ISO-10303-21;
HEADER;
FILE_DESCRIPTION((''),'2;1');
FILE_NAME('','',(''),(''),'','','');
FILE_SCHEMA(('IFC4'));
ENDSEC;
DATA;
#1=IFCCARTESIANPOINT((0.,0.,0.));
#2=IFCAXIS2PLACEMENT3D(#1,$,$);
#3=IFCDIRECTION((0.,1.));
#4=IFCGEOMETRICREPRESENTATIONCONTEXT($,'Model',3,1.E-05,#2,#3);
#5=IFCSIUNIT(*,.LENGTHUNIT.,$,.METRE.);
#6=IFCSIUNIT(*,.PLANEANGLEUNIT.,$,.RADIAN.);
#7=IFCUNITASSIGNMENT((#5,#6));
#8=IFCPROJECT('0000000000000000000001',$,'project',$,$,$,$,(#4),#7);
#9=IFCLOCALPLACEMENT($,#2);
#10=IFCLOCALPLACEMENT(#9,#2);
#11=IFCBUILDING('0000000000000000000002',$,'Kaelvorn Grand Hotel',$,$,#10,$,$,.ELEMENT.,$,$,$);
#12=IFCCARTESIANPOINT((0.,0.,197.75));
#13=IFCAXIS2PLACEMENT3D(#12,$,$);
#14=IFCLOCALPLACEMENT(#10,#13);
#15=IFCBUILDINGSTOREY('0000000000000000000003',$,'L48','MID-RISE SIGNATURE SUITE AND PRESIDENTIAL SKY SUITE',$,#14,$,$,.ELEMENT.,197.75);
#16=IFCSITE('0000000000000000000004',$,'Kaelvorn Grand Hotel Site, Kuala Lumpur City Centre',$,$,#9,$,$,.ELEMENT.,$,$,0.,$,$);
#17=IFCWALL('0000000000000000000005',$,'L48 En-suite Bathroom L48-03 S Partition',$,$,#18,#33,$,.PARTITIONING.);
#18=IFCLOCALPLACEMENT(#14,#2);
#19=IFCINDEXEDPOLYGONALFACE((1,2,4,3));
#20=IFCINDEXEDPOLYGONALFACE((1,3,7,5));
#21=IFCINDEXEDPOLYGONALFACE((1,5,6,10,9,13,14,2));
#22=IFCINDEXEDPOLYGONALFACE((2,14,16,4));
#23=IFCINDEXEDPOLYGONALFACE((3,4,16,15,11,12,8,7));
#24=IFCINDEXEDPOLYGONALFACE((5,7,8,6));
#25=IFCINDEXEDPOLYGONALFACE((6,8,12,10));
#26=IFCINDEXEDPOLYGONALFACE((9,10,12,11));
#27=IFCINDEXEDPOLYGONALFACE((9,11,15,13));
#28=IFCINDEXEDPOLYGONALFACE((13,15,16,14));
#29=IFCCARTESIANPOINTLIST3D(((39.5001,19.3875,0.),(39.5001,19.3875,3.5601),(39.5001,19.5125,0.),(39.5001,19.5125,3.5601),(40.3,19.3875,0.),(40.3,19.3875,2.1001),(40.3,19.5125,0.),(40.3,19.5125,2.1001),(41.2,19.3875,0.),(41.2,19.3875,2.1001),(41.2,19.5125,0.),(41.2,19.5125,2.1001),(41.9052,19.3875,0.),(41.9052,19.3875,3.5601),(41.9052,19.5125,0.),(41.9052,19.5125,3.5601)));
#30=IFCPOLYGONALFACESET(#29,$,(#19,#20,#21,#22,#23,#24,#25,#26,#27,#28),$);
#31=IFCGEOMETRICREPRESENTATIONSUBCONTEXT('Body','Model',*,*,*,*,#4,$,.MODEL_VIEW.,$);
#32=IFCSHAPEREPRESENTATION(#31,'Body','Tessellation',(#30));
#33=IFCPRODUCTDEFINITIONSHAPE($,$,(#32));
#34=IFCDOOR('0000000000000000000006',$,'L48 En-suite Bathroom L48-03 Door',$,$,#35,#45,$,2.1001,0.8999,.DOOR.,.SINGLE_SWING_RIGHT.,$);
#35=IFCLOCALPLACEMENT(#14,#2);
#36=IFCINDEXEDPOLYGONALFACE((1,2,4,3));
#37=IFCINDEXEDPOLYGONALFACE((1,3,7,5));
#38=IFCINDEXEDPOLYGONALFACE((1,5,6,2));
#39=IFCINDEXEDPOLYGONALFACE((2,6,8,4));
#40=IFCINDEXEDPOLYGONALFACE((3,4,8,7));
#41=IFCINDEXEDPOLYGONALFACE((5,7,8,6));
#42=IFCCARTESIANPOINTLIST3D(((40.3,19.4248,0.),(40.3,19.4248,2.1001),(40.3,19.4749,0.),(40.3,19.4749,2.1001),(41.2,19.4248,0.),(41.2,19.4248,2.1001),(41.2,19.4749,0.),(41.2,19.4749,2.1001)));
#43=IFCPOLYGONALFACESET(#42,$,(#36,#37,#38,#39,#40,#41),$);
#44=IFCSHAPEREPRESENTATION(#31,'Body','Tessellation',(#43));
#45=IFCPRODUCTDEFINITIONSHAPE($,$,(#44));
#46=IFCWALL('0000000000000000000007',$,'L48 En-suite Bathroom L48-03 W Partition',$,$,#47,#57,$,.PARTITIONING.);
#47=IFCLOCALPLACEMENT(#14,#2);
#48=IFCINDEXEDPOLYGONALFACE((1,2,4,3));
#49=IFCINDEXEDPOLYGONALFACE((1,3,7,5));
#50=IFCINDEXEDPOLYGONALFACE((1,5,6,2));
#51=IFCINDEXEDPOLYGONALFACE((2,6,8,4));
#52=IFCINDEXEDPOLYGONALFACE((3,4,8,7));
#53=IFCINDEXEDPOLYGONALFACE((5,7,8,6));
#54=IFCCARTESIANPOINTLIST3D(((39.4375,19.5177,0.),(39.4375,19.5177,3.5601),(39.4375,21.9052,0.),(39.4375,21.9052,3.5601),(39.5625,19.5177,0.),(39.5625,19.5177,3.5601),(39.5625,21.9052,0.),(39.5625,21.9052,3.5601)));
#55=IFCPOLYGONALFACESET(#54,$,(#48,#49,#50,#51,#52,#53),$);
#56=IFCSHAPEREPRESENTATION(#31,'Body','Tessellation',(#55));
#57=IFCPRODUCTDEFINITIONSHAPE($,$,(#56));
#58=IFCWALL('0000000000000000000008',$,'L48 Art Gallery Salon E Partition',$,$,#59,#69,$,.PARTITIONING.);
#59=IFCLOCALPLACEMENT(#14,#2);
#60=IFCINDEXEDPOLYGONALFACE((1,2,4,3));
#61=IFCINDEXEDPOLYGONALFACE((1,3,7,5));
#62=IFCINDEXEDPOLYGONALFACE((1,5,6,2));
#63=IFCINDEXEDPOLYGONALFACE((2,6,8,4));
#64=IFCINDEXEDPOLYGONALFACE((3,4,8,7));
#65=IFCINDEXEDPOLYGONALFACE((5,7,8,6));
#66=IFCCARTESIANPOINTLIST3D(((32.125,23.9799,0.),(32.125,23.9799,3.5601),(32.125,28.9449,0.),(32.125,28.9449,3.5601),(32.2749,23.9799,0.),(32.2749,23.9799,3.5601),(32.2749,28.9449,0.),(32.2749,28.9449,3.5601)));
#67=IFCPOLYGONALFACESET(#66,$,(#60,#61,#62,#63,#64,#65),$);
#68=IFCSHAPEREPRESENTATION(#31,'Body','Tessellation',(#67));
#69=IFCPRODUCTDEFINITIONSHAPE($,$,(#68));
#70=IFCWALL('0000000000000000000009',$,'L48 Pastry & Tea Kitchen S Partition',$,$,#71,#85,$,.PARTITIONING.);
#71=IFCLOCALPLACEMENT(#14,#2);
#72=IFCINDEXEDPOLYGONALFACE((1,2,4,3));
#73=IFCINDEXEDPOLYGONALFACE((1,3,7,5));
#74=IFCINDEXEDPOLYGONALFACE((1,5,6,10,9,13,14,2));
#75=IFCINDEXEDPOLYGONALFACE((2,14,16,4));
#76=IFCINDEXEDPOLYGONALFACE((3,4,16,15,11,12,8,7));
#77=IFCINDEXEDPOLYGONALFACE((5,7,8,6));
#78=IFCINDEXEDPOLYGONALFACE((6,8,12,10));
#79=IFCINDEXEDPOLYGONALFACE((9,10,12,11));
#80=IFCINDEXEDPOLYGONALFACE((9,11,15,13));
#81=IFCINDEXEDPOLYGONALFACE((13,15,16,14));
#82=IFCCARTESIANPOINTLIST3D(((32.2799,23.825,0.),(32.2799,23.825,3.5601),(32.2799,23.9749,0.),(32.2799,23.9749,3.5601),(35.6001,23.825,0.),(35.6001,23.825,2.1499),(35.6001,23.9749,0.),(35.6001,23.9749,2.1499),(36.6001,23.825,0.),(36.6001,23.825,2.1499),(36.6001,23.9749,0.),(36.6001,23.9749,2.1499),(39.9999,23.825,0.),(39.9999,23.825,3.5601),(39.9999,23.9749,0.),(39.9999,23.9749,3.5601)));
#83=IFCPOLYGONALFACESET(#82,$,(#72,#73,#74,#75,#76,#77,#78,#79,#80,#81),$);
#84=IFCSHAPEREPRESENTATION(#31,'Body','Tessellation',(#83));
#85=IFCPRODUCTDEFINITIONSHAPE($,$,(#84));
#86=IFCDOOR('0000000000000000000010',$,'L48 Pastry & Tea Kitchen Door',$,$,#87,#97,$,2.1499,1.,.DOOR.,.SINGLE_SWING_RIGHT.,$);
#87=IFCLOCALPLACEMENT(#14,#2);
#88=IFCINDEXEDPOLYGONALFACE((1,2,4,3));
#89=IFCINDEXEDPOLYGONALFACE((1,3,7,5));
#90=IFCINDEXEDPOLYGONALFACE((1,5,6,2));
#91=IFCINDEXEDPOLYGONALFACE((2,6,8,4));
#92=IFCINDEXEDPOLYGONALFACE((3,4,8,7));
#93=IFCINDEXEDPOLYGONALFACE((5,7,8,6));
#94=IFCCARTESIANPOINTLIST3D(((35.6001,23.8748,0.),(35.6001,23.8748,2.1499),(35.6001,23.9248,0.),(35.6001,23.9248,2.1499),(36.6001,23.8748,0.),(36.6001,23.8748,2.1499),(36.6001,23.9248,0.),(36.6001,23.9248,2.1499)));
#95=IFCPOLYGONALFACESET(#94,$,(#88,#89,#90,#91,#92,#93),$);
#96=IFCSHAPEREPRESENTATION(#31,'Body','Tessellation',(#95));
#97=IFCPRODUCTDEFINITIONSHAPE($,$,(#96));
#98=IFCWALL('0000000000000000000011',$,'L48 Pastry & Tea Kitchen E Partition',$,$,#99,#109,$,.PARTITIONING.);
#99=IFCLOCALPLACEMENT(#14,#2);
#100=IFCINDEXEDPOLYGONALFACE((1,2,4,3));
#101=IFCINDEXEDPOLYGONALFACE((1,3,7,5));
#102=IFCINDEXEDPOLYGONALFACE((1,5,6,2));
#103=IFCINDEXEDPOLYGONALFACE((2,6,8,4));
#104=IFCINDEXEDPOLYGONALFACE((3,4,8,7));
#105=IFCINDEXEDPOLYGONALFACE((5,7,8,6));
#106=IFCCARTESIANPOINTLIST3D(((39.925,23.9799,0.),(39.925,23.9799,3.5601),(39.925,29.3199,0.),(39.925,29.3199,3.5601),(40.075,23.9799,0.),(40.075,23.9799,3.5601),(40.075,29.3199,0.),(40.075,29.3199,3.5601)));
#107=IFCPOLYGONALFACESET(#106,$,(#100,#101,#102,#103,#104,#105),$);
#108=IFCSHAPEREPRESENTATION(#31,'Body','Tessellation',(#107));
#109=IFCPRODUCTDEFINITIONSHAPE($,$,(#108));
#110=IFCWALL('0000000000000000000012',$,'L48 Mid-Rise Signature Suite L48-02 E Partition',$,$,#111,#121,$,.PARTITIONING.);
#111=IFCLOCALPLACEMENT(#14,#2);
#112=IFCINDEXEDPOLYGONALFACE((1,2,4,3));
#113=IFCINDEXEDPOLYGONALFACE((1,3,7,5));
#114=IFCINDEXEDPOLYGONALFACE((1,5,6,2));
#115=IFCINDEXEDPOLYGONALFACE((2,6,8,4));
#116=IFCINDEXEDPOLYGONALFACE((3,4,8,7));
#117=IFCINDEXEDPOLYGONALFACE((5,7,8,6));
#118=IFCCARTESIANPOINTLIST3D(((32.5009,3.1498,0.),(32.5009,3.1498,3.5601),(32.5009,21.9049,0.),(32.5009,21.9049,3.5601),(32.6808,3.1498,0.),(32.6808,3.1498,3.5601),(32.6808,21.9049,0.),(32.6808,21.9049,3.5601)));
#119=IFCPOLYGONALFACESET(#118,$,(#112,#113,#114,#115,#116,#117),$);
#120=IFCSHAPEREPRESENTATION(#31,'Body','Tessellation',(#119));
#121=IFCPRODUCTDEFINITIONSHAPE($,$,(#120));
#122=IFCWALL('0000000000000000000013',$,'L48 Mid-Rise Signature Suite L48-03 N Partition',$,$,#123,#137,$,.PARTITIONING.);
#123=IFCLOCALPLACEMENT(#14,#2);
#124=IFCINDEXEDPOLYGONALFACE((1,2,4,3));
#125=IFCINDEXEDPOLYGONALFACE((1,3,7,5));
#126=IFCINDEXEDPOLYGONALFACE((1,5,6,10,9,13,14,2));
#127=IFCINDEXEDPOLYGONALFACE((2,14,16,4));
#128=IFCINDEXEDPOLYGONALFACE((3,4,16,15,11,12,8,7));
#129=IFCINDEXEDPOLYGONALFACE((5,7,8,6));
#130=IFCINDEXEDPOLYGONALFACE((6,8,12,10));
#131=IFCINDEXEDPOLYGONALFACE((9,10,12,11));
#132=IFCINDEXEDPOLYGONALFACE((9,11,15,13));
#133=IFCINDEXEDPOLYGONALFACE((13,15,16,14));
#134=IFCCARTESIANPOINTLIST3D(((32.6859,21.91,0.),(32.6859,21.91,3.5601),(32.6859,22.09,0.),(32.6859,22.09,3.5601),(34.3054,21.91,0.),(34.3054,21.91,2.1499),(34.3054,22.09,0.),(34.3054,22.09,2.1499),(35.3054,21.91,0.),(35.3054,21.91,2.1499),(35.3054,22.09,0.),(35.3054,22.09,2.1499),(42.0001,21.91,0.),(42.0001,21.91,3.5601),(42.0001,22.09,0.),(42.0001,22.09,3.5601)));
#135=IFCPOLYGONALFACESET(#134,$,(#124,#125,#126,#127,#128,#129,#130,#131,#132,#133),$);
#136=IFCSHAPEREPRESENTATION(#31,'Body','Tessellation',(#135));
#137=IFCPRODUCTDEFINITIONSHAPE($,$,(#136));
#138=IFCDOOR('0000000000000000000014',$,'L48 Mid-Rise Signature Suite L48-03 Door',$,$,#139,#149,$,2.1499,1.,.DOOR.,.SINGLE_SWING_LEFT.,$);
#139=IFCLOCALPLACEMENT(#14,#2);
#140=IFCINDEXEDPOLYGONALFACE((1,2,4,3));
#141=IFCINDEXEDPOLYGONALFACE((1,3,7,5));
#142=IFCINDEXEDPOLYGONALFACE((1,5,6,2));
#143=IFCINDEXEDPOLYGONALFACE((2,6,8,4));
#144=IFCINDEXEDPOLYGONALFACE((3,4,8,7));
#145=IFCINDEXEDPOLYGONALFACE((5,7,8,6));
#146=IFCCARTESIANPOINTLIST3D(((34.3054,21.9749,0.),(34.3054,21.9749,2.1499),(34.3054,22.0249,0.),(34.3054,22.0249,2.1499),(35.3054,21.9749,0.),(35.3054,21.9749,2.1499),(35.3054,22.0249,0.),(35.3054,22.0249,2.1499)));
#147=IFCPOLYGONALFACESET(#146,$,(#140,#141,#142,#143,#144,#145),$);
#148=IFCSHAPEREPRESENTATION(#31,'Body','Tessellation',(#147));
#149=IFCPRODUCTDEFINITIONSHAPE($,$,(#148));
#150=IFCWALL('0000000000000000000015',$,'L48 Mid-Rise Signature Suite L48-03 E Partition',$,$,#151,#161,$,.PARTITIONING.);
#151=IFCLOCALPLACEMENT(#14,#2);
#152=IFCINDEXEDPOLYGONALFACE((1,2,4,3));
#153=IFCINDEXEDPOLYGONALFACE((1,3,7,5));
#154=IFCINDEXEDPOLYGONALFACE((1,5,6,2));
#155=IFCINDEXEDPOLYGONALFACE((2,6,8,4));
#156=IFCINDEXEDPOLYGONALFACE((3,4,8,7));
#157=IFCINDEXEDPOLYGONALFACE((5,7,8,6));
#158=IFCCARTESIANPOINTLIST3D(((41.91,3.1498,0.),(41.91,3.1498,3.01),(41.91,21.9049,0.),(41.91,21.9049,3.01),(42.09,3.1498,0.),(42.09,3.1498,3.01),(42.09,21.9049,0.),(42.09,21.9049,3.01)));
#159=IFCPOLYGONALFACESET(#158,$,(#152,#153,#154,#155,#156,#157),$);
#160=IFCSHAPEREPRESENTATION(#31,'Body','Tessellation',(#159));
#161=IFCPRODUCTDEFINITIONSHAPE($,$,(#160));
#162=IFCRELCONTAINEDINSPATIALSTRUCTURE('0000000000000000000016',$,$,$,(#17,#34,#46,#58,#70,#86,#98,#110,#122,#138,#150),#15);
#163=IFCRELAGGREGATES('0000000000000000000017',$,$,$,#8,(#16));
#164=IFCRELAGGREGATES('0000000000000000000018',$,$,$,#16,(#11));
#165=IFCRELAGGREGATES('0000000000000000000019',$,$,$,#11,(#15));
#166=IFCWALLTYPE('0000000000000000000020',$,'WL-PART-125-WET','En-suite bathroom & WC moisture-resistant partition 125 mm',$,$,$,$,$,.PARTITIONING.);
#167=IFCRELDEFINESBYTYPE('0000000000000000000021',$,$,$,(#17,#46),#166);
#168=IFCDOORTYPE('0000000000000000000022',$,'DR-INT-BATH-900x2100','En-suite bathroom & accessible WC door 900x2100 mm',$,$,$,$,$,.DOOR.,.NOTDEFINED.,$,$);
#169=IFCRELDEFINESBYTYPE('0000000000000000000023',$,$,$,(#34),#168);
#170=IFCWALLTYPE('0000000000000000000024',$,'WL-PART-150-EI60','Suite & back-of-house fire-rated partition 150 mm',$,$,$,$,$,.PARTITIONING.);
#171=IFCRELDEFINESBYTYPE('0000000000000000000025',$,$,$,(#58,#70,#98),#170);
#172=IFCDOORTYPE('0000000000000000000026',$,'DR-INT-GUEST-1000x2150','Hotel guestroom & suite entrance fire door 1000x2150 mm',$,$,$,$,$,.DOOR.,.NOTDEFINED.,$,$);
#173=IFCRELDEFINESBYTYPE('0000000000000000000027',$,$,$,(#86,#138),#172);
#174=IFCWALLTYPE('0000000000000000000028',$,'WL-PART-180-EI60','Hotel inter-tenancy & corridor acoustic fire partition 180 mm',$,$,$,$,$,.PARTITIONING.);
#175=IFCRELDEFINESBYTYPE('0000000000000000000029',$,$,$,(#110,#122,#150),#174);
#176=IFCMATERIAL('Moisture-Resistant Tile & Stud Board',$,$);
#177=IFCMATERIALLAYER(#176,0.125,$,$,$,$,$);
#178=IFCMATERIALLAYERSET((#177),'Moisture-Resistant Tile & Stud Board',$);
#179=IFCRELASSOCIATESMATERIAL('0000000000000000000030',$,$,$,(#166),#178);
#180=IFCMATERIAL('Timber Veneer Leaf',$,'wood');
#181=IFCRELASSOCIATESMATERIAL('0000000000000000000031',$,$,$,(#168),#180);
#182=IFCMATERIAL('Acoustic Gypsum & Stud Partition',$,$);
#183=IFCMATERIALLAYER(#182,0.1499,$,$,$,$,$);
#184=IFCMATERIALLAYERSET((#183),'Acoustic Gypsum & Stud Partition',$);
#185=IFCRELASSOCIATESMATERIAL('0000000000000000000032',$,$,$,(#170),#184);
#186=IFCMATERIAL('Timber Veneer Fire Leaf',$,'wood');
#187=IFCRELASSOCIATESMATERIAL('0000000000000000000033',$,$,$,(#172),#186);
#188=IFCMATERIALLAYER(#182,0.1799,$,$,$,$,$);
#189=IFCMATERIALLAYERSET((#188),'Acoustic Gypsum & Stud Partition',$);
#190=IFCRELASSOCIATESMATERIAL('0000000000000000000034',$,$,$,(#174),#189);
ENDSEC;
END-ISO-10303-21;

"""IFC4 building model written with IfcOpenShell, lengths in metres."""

from ifc_helpers import new_model, si_unit, direction, frame, frame_2d, origin, place, context, subcontext, project, spatial, rectangle, extrude, material, layer, layer_set, type_object, element, fill, save


model = new_model("IFC4")

# Units and contexts
model_context = context("Model", 3, precision=1e-05, world=origin(), true_north=direction((0.0, 1.0)))
body_context = subcontext(model_context, "Body", "Model", "MODEL_VIEW")
ifc_project = project(units=[si_unit("LENGTHUNIT", "METRE"), si_unit("PLANEANGLEUNIT", "RADIAN")], contexts=[model_context])

# Site, building, storey
site_placement = place(None, origin())
site = spatial("IfcSite", under=ifc_project, at=site_placement, Name="Kaelvorn Grand Hotel Site, Kuala Lumpur City Centre", CompositionType="ELEMENT", RefElevation=0.0)
building_placement = place(site_placement, origin())
building = spatial("IfcBuilding", under=site, at=building_placement, Name="Kaelvorn Grand Hotel", CompositionType="ELEMENT")
storey_placement = place(building_placement, frame((0.0, 0.0, 197.75)))
storey = spatial("IfcBuildingStorey", under=building, at=storey_placement, Name="L48", Description="MID-RISE SIGNATURE SUITE AND PRESIDENTIAL SKY SUITE", CompositionType="ELEMENT", Elevation=197.75)

# Wall, opening, door
ifc_material_1 = material(Name="Moisture-Resistant Tile & Stud Board")
ifc_layer_1 = layer(ifc_material_1, 0.125)
ifc_layer_set_1 = layer_set([ifc_layer_1], Name="Moisture-Resistant Tile & Stud Board")
wall_type_1 = type_object("IfcWallType", Name="WL-PART-125-WET", Description="En-suite bathroom & WC moisture-resistant partition 125 mm", PredefinedType="PARTITIONING", material=ifc_layer_set_1)
wall_1_placement = place(storey_placement, frame((39.5, 19.45, 0.0), z_axis=(0.0, 0.0, 1.0), x_axis=(1.0, 0.0, 0.0)))
wall_1 = element("IfcWall", 1, at=wall_1_placement, inside=storey, type_object=wall_type_1, Name="L48 En-suite Bathroom L48-03 S Partition", PredefinedType="PARTITIONING", context=body_context, shape_type="SweptSolid", body=[
    extrude(rectangle(XDim=2.405, YDim=0.125, at=frame_2d((1.2026, 0.0))), origin(), (0.0, 0.0, 1.0), 3.5601),
])
opening_1_placement = place(wall_1_placement, frame((0.8, 0.0, 0.0)))
opening_1 = element("IfcOpeningElement", 2, at=opening_1_placement, cuts=wall_1, PredefinedType="OPENING", context=body_context, shape_type="SweptSolid", body=[
    extrude(rectangle(XDim=0.8999, YDim=2.1001, at=frame_2d((0.45, 1.05))), frame((0.0, 0.0725, 0.0), z_axis=(0.0, -1.0, 0.0), x_axis=(1.0, 0.0, 0.0)), (0.0, 0.0, 1.0), 0.145),
])
ifc_material_2 = material(Name="Timber Veneer Leaf", Category="wood")
door_type_1 = type_object("IfcDoorType", Name="DR-INT-BATH-900x2100", Description="En-suite bathroom & accessible WC door 900x2100 mm", OperationType="NOTDEFINED", PredefinedType="DOOR", material=ifc_material_2)
door_1_placement = place(opening_1_placement, origin())
door_1 = element("IfcDoor", 3, at=door_1_placement, inside=storey, type_object=door_type_1, Name="L48 En-suite Bathroom L48-03 Door", OperationType="SINGLE_SWING_RIGHT", OverallHeight=2.1001, OverallWidth=0.8999, PredefinedType="DOOR", context=body_context, shape_type="SweptSolid", body=[
    extrude(rectangle(XDim=0.8999, YDim=2.1001, at=frame_2d((0.45, 1.05))), frame((0.0, 0.0249, 0.0), z_axis=(0.0, -1.0, 0.0), x_axis=(1.0, 0.0, 0.0)), (0.0, 0.0, 1.0), 0.05),
])
fill(opening_1, door_1)

# Walls
wall_2_placement = place(storey_placement, frame((39.5, 19.5176, 0.0), z_axis=(0.0, 0.0, 1.0), x_axis=(0.0, 1.0, 0.0)))
element("IfcWall", 4, at=wall_2_placement, inside=storey, type_object=wall_type_1, Name="L48 En-suite Bathroom L48-03 W Partition", PredefinedType="PARTITIONING", context=body_context, shape_type="SweptSolid", body=[
    extrude(rectangle(XDim=2.3875, YDim=0.125, at=frame_2d((1.1938, 0.0))), origin(), (0.0, 0.0, 1.0), 3.5601),
])
ifc_material_3 = material(Name="Acoustic Gypsum & Stud Partition")
ifc_layer_2 = layer(ifc_material_3, 0.1499)
ifc_layer_set_2 = layer_set([ifc_layer_2], Name="Acoustic Gypsum & Stud Partition")
wall_type_2 = type_object("IfcWallType", Name="WL-PART-150-EI60", Description="Suite & back-of-house fire-rated partition 150 mm", PredefinedType="PARTITIONING", material=ifc_layer_set_2)
wall_3_placement = place(storey_placement, frame((32.2, 23.98, 0.0), z_axis=(0.0, 0.0, 1.0), x_axis=(0.0, 1.0, 0.0)))
element("IfcWall", 5, at=wall_3_placement, inside=storey, type_object=wall_type_2, Name="L48 Art Gallery Salon E Partition", PredefinedType="PARTITIONING", context=body_context, shape_type="SweptSolid", body=[
    extrude(rectangle(XDim=4.9651, YDim=0.1499, at=frame_2d((2.4824, 0.0))), origin(), (0.0, 0.0, 1.0), 3.5601),
])

# Wall, opening, door
wall_4_placement = place(storey_placement, frame((32.28, 23.8999, 0.0), z_axis=(0.0, 0.0, 1.0), x_axis=(1.0, 0.0, 0.0)))
wall_4 = element("IfcWall", 6, at=wall_4_placement, inside=storey, type_object=wall_type_2, Name="L48 Pastry & Tea Kitchen S Partition", PredefinedType="PARTITIONING", context=body_context, shape_type="SweptSolid", body=[
    extrude(rectangle(XDim=7.72, YDim=0.1499, at=frame_2d((3.8599, 0.0))), origin(), (0.0, 0.0, 1.0), 3.5601),
])
opening_2_placement = place(wall_4_placement, frame((3.3201, 0.0, 0.0)))
opening_2 = element("IfcOpeningElement", 7, at=opening_2_placement, cuts=wall_4, PredefinedType="OPENING", context=body_context, shape_type="SweptSolid", body=[
    extrude(rectangle(XDim=1.0, YDim=2.1499, at=frame_2d((0.5, 1.075))), frame((0.0, 0.085, 0.0), z_axis=(0.0, -1.0, 0.0), x_axis=(1.0, 0.0, 0.0)), (0.0, 0.0, 1.0), 0.1699),
])
ifc_material_4 = material(Name="Timber Veneer Fire Leaf", Category="wood")
door_type_2 = type_object("IfcDoorType", Name="DR-INT-GUEST-1000x2150", Description="Hotel guestroom & suite entrance fire door 1000x2150 mm", OperationType="NOTDEFINED", PredefinedType="DOOR", material=ifc_material_4)
door_2_placement = place(opening_2_placement, origin())
door_2 = element("IfcDoor", 8, at=door_2_placement, inside=storey, type_object=door_type_2, Name="L48 Pastry & Tea Kitchen Door", OperationType="SINGLE_SWING_RIGHT", OverallHeight=2.1499, OverallWidth=1.0, PredefinedType="DOOR", context=body_context, shape_type="SweptSolid", body=[
    extrude(rectangle(XDim=1.0, YDim=2.1499, at=frame_2d((0.5, 1.075))), frame((0.0, 0.0249, 0.0), z_axis=(0.0, -1.0, 0.0), x_axis=(1.0, 0.0, 0.0)), (0.0, 0.0, 1.0), 0.05),
])
fill(opening_2, door_2)

# Walls
wall_5_placement = place(storey_placement, frame((40.0, 23.98, 0.0), z_axis=(0.0, 0.0, 1.0), x_axis=(0.0, 1.0, 0.0)))
element("IfcWall", 9, at=wall_5_placement, inside=storey, type_object=wall_type_2, Name="L48 Pastry & Tea Kitchen E Partition", PredefinedType="PARTITIONING", context=body_context, shape_type="SweptSolid", body=[
    extrude(rectangle(XDim=5.3401, YDim=0.1499, at=frame_2d((2.6699, 0.0))), origin(), (0.0, 0.0, 1.0), 3.5601),
])
ifc_layer_3 = layer(ifc_material_3, 0.1799)
ifc_layer_set_3 = layer_set([ifc_layer_3], Name="Acoustic Gypsum & Stud Partition")
wall_type_3 = type_object("IfcWallType", Name="WL-PART-180-EI60", Description="Hotel inter-tenancy & corridor acoustic fire partition 180 mm", PredefinedType="PARTITIONING", material=ifc_layer_set_3)
wall_6_placement = place(storey_placement, frame((32.5908, 3.1499, 0.0), z_axis=(0.0, 0.0, 1.0), x_axis=(0.0, 1.0, 0.0)))
element("IfcWall", 10, at=wall_6_placement, inside=storey, type_object=wall_type_3, Name="L48 Mid-Rise Signature Suite L48-02 E Partition", PredefinedType="PARTITIONING", context=body_context, shape_type="SweptSolid", body=[
    extrude(rectangle(XDim=18.7551, YDim=0.1799, at=frame_2d((9.3774, 0.0))), origin(), (0.0, 0.0, 1.0), 3.5601),
])

# Wall, opening, door
wall_7_placement = place(storey_placement, frame((32.6858, 22.0, 0.0), z_axis=(0.0, 0.0, 1.0), x_axis=(1.0, 0.0, 0.0)))
wall_7 = element("IfcWall", 11, at=wall_7_placement, inside=storey, type_object=wall_type_3, Name="L48 Mid-Rise Signature Suite L48-03 N Partition", PredefinedType="PARTITIONING", context=body_context, shape_type="SweptSolid", body=[
    extrude(rectangle(XDim=9.3142, YDim=0.1799, at=frame_2d((4.6572, 0.0))), origin(), (0.0, 0.0, 1.0), 3.5601),
])
opening_3_placement = place(wall_7_placement, frame((1.6196, 0.0, 0.0)))
opening_3 = element("IfcOpeningElement", 12, at=opening_3_placement, cuts=wall_7, PredefinedType="OPENING", context=body_context, shape_type="SweptSolid", body=[
    extrude(rectangle(XDim=1.0, YDim=2.1499, at=frame_2d((0.5, 1.075))), frame((0.0, 0.1001, 0.0), z_axis=(0.0, -1.0, 0.0), x_axis=(1.0, 0.0, 0.0)), (0.0, 0.0, 1.0), 0.2),
])
door_3_placement = place(opening_3_placement, origin())
door_3 = element("IfcDoor", 13, at=door_3_placement, inside=storey, type_object=door_type_2, Name="L48 Mid-Rise Signature Suite L48-03 Door", OperationType="SINGLE_SWING_LEFT", OverallHeight=2.1499, OverallWidth=1.0, PredefinedType="DOOR", context=body_context, shape_type="SweptSolid", body=[
    extrude(rectangle(XDim=1.0, YDim=2.1499, at=frame_2d((0.5, 1.075))), frame((0.0, 0.0249, 0.0), z_axis=(0.0, -1.0, 0.0), x_axis=(1.0, 0.0, 0.0)), (0.0, 0.0, 1.0), 0.05),
])
fill(opening_3, door_3)

# Wall
wall_8_placement = place(storey_placement, frame((42.0, 3.1499, 0.0), z_axis=(0.0, 0.0, 1.0), x_axis=(0.0, 1.0, 0.0)))
element("IfcWall", 14, at=wall_8_placement, inside=storey, type_object=wall_type_3, Name="L48 Mid-Rise Signature Suite L48-03 E Partition", PredefinedType="PARTITIONING", context=body_context, shape_type="SweptSolid", body=[
    extrude(rectangle(XDim=18.7551, YDim=0.1799, at=frame_2d((9.3774, 0.0))), origin(), (0.0, 0.0, 1.0), 3.01),
])

save(model, "model.ifc")
